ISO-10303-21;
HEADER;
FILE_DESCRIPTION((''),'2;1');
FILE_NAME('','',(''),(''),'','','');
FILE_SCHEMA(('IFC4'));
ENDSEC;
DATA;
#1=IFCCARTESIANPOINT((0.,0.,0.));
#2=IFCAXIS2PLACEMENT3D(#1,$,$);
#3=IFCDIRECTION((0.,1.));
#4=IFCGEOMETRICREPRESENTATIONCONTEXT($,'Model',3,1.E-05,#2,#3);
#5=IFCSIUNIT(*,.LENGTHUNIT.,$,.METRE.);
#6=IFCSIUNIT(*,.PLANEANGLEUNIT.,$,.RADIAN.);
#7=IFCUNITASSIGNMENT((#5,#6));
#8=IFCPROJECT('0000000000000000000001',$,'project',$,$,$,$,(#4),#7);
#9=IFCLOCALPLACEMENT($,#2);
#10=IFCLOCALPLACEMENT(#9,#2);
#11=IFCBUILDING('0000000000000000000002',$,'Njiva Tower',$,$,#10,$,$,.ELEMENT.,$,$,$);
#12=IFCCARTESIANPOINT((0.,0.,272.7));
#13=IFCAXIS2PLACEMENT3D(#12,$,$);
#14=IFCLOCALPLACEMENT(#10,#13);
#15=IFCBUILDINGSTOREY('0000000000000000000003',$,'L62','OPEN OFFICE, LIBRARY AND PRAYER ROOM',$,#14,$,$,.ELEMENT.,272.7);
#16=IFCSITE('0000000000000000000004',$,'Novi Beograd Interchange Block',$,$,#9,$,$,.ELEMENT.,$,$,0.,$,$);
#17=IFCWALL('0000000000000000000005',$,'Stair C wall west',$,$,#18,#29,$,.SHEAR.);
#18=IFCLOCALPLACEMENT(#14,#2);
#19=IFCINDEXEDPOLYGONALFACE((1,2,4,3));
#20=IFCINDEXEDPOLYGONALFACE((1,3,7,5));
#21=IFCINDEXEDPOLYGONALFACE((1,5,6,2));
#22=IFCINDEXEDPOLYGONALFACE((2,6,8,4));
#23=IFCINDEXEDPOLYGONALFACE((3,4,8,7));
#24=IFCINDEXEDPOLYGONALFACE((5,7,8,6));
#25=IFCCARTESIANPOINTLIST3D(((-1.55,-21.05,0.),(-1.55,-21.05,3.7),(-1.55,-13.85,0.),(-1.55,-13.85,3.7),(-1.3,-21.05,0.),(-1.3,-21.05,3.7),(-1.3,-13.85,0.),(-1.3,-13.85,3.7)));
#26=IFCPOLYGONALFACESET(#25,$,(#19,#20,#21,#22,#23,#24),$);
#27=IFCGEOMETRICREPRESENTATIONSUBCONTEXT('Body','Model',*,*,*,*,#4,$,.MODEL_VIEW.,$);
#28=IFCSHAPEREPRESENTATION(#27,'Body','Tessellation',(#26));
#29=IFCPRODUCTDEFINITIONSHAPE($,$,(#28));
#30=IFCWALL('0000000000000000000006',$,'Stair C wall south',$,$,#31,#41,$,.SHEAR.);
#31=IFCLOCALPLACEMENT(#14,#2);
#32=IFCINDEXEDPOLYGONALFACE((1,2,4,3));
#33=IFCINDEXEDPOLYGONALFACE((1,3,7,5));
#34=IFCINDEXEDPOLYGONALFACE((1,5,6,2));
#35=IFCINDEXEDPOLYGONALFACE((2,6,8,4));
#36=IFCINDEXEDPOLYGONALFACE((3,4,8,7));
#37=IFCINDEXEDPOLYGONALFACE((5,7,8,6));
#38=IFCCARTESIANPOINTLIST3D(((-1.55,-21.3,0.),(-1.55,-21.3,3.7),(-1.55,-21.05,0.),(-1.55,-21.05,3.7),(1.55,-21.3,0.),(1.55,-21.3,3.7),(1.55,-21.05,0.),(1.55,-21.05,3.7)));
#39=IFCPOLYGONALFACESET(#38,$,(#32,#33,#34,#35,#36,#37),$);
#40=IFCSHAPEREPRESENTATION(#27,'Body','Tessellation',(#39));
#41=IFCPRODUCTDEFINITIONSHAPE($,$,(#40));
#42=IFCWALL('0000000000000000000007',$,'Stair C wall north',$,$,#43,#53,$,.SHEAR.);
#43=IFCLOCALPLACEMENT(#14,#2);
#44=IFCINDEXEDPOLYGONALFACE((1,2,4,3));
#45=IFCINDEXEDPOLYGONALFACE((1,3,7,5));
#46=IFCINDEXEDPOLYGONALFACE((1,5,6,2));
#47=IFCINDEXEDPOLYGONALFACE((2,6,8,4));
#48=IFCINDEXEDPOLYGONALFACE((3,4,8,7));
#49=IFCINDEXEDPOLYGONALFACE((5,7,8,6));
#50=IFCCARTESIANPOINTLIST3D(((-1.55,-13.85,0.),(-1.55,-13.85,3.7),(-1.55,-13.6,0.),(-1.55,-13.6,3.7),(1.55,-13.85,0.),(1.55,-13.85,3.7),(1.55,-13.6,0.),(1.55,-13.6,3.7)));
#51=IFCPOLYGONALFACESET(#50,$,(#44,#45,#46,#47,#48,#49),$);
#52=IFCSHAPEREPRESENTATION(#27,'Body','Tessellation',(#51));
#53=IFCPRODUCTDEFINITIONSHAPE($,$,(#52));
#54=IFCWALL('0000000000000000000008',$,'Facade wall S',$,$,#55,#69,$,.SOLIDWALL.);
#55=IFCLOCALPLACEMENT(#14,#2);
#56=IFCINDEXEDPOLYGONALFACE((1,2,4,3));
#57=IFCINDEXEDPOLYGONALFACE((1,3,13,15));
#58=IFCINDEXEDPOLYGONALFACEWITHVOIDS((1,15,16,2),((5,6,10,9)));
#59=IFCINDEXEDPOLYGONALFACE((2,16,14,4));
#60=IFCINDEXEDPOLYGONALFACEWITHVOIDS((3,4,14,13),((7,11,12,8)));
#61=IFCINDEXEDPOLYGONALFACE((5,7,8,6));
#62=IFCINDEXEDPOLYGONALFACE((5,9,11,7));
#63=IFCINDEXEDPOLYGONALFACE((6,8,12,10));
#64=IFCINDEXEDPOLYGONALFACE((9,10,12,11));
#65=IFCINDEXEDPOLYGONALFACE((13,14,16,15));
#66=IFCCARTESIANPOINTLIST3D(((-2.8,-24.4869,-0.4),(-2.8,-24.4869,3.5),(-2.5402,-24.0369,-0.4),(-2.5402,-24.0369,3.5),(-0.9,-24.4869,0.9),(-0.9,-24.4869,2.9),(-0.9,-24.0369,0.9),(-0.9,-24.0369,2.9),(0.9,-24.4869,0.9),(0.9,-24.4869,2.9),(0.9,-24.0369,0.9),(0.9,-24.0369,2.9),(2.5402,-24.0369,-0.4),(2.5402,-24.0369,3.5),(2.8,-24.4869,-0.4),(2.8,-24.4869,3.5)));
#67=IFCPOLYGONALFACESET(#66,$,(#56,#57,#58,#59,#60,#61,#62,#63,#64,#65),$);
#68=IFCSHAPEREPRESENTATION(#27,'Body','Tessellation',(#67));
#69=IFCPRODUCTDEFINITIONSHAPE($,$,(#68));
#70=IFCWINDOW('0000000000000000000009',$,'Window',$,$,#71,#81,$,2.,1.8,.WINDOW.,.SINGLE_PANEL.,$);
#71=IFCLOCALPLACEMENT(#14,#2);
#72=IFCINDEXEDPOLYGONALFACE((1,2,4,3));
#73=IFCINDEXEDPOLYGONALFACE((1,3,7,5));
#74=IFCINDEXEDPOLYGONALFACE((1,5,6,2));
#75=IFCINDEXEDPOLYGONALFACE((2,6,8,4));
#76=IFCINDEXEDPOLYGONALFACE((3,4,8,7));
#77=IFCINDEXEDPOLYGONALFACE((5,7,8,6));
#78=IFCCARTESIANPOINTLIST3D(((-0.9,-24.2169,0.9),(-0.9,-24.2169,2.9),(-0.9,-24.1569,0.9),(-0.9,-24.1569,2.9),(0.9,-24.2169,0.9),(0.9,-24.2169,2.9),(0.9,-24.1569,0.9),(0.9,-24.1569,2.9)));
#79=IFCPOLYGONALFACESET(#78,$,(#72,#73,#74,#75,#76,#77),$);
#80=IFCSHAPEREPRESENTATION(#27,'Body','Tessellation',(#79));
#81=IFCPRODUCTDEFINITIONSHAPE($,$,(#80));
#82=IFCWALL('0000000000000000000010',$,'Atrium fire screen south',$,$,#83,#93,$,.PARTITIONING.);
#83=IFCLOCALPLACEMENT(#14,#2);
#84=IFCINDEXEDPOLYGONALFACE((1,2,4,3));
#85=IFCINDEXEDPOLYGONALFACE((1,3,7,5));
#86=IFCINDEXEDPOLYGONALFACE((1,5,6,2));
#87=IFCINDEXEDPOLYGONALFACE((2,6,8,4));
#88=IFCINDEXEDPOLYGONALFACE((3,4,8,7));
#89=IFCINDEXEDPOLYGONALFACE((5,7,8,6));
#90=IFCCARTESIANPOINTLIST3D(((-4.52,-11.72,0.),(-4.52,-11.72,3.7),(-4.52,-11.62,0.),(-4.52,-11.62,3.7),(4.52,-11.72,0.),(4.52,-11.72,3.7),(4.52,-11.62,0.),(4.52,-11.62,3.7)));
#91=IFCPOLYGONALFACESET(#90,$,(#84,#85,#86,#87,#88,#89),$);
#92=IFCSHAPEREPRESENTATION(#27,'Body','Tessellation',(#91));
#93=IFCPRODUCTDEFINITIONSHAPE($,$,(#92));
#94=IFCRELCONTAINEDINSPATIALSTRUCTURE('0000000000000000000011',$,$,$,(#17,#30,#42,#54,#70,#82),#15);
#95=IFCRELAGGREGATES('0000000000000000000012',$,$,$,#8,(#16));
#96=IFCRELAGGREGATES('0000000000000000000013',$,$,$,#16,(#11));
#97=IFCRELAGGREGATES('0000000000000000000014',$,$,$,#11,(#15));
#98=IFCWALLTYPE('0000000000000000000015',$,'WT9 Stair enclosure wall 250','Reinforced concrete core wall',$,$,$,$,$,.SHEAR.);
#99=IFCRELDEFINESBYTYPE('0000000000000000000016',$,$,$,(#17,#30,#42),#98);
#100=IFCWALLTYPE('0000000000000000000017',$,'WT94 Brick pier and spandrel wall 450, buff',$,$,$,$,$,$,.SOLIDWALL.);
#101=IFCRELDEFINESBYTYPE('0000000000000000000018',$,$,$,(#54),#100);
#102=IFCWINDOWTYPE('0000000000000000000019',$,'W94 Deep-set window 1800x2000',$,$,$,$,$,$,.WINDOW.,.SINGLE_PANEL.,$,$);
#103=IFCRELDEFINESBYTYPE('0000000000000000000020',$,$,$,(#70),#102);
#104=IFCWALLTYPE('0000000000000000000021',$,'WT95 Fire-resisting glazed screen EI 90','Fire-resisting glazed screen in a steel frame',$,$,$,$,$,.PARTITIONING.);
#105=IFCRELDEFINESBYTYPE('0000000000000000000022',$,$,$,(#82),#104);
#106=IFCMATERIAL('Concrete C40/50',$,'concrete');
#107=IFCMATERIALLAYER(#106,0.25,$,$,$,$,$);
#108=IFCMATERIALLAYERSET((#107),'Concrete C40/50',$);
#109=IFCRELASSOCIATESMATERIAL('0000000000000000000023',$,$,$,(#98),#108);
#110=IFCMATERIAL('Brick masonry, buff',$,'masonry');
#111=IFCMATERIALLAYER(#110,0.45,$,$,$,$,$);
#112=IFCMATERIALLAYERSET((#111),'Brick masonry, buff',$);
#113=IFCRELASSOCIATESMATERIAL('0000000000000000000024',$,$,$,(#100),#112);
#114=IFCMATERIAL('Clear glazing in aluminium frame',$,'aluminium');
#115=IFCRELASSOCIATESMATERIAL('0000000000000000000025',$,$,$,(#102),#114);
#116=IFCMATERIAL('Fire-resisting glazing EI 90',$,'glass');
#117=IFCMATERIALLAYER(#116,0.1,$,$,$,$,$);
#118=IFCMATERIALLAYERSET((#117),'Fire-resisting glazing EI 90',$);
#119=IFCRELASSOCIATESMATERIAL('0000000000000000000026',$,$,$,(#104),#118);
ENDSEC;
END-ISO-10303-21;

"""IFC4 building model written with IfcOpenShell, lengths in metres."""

from ifc_helpers import new_model, si_unit, direction, frame, frame_2d, origin, place, context, subcontext, project, spatial, polyline, rectangle, outline, extrude, material, layer, layer_set, type_object, element, fill, save


model = new_model("IFC4")

# Units and contexts
model_context = context("Model", 3, precision=1e-05, world=origin(), true_north=direction((0.0, 1.0)))
body_context = subcontext(model_context, "Body", "Model", "MODEL_VIEW")
ifc_project = project(units=[si_unit("LENGTHUNIT", "METRE"), si_unit("PLANEANGLEUNIT", "RADIAN")], contexts=[model_context])

# Site, building, storey
site_placement = place(None, origin())
site = spatial("IfcSite", under=ifc_project, at=site_placement, Name="Novi Beograd Interchange Block", CompositionType="ELEMENT", RefElevation=0.0)
building_placement = place(site_placement, origin())
building = spatial("IfcBuilding", under=site, at=building_placement, Name="Njiva Tower", CompositionType="ELEMENT")
storey_placement = place(building_placement, frame((0.0, 0.0, 272.7)))
storey = spatial("IfcBuildingStorey", under=building, at=storey_placement, Name="L62", Description="OPEN OFFICE, LIBRARY AND PRAYER ROOM", CompositionType="ELEMENT", Elevation=272.7)

# Walls
ifc_material_1 = material(Name="Concrete C40/50", Category="concrete")
ifc_layer_1 = layer(ifc_material_1, 0.25)
ifc_layer_set_1 = layer_set([ifc_layer_1], Name="Concrete C40/50")
wall_type_1 = type_object("IfcWallType", Name="WT9 Stair enclosure wall 250", Description="Reinforced concrete core wall", PredefinedType="SHEAR", material=ifc_layer_set_1)
wall_1_placement = place(storey_placement, frame((-1.425, -21.05, 0.0), z_axis=(0.0, 0.0, 1.0), x_axis=(0.0, 1.0, 0.0)))
element("IfcWall", 1, at=wall_1_placement, inside=storey, type_object=wall_type_1, Name="Stair C wall west", PredefinedType="SHEAR", context=body_context, shape_type="SweptSolid", body=[
    extrude(rectangle(XDim=7.2, YDim=0.25, at=frame_2d((3.6, 0.0))), origin(), (0.0, 0.0, 1.0), 3.7),
])
for number, where, z_axis, x_axis, name in (
    (2, (-1.55, -21.175, 0.0), (0.0, 0.0, 1.0), (1.0, 0.0, 0.0), "Stair C wall south"),
    (3, (-1.55, -13.725, 0.0), (0.0, 0.0, 1.0), (1.0, 0.0, 0.0), "Stair C wall north"),
):
    element("IfcWall", number, at=place(storey_placement, frame(where, z_axis=z_axis, x_axis=x_axis)), inside=storey, type_object=wall_type_1, Name=name, PredefinedType="SHEAR", context=body_context, shape_type="SweptSolid", body=[
        extrude(rectangle(XDim=3.1, YDim=0.25, at=frame_2d((1.55, 0.0))), origin(), (0.0, 0.0, 1.0), 3.7),
    ])

# Wall, opening, window
ifc_material_2 = material(Name="Brick masonry, buff", Category="masonry")
ifc_layer_2 = layer(ifc_material_2, 0.45)
ifc_layer_set_2 = layer_set([ifc_layer_2], Name="Brick masonry, buff")
wall_type_2 = type_object("IfcWallType", Name="WT94 Brick pier and spandrel wall 450, buff", PredefinedType="SOLIDWALL", material=ifc_layer_set_2)
wall_2_placement = place(storey_placement, frame((-2.6701, -24.2619, -0.4), z_axis=(0.0, 0.0, 1.0), x_axis=(1.0, 0.0, 0.0)))
wall_2 = element("IfcWall", 4, at=wall_2_placement, inside=storey, type_object=wall_type_2, Name="Facade wall S", PredefinedType="SOLIDWALL", context=body_context, shape_type="SweptSolid", body=[
    extrude(outline(polyline([(-0.1299, -0.225), (5.4701, -0.225), (5.2103, 0.225), (0.1299, 0.225), (-0.1299, -0.225)])), origin(), (0.0, 0.0, 1.0), 3.9),
])
opening_1_placement = place(wall_2_placement, frame((1.7701, 0.0, 1.3)))
opening_1 = element("IfcOpeningElement", 5, at=opening_1_placement, cuts=wall_2, PredefinedType="OPENING", context=body_context, shape_type="SweptSolid", body=[
    extrude(rectangle(XDim=1.8, YDim=2.0, at=frame_2d((0.9, 1.0))), frame((0.0, 0.235, 0.0), z_axis=(0.0, -1.0, 0.0), x_axis=(1.0, 0.0, 0.0)), (0.0, 0.0, 1.0), 0.47),
])
ifc_material_3 = material(Name="Clear glazing in aluminium frame", Category="aluminium")
window_type = type_object("IfcWindowType", Name="W94 Deep-set window 1800x2000", PartitioningType="SINGLE_PANEL", PredefinedType="WINDOW", material=ifc_material_3)
window_placement = place(opening_1_placement, origin())
window = element("IfcWindow", 6, at=window_placement, inside=storey, type_object=window_type, Name="Window", OverallHeight=2.0, OverallWidth=1.8, PartitioningType="SINGLE_PANEL", PredefinedType="WINDOW", context=body_context, shape_type="SweptSolid", body=[
    extrude(rectangle(XDim=1.8, YDim=2.0, at=frame_2d((0.9, 1.0))), frame((0.0, 0.105, 0.0), z_axis=(0.0, -1.0, 0.0), x_axis=(1.0, 0.0, 0.0)), (0.0, 0.0, 1.0), 0.06),
])
fill(opening_1, window)

# Wall
ifc_material_4 = material(Name="Fire-resisting glazing EI 90", Category="glass")
ifc_layer_3 = layer(ifc_material_4, 0.1)
ifc_layer_set_3 = layer_set([ifc_layer_3], Name="Fire-resisting glazing EI 90")
wall_type_3 = type_object("IfcWallType", Name="WT95 Fire-resisting glazed screen EI 90", Description="Fire-resisting glazed screen in a steel frame", PredefinedType="PARTITIONING", material=ifc_layer_set_3)
wall_3_placement = place(storey_placement, frame((-4.52, -11.67, 0.0), z_axis=(0.0, 0.0, 1.0), x_axis=(1.0, 0.0, 0.0)))
element("IfcWall", 7, at=wall_3_placement, inside=storey, type_object=wall_type_3, Name="Atrium fire screen south", PredefinedType="PARTITIONING", context=body_context, shape_type="SweptSolid", body=[
    extrude(rectangle(XDim=9.04, YDim=0.1, at=frame_2d((4.52, 0.0))), origin(), (0.0, 0.0, 1.0), 3.7),
])

save(model, "model.ifc")
